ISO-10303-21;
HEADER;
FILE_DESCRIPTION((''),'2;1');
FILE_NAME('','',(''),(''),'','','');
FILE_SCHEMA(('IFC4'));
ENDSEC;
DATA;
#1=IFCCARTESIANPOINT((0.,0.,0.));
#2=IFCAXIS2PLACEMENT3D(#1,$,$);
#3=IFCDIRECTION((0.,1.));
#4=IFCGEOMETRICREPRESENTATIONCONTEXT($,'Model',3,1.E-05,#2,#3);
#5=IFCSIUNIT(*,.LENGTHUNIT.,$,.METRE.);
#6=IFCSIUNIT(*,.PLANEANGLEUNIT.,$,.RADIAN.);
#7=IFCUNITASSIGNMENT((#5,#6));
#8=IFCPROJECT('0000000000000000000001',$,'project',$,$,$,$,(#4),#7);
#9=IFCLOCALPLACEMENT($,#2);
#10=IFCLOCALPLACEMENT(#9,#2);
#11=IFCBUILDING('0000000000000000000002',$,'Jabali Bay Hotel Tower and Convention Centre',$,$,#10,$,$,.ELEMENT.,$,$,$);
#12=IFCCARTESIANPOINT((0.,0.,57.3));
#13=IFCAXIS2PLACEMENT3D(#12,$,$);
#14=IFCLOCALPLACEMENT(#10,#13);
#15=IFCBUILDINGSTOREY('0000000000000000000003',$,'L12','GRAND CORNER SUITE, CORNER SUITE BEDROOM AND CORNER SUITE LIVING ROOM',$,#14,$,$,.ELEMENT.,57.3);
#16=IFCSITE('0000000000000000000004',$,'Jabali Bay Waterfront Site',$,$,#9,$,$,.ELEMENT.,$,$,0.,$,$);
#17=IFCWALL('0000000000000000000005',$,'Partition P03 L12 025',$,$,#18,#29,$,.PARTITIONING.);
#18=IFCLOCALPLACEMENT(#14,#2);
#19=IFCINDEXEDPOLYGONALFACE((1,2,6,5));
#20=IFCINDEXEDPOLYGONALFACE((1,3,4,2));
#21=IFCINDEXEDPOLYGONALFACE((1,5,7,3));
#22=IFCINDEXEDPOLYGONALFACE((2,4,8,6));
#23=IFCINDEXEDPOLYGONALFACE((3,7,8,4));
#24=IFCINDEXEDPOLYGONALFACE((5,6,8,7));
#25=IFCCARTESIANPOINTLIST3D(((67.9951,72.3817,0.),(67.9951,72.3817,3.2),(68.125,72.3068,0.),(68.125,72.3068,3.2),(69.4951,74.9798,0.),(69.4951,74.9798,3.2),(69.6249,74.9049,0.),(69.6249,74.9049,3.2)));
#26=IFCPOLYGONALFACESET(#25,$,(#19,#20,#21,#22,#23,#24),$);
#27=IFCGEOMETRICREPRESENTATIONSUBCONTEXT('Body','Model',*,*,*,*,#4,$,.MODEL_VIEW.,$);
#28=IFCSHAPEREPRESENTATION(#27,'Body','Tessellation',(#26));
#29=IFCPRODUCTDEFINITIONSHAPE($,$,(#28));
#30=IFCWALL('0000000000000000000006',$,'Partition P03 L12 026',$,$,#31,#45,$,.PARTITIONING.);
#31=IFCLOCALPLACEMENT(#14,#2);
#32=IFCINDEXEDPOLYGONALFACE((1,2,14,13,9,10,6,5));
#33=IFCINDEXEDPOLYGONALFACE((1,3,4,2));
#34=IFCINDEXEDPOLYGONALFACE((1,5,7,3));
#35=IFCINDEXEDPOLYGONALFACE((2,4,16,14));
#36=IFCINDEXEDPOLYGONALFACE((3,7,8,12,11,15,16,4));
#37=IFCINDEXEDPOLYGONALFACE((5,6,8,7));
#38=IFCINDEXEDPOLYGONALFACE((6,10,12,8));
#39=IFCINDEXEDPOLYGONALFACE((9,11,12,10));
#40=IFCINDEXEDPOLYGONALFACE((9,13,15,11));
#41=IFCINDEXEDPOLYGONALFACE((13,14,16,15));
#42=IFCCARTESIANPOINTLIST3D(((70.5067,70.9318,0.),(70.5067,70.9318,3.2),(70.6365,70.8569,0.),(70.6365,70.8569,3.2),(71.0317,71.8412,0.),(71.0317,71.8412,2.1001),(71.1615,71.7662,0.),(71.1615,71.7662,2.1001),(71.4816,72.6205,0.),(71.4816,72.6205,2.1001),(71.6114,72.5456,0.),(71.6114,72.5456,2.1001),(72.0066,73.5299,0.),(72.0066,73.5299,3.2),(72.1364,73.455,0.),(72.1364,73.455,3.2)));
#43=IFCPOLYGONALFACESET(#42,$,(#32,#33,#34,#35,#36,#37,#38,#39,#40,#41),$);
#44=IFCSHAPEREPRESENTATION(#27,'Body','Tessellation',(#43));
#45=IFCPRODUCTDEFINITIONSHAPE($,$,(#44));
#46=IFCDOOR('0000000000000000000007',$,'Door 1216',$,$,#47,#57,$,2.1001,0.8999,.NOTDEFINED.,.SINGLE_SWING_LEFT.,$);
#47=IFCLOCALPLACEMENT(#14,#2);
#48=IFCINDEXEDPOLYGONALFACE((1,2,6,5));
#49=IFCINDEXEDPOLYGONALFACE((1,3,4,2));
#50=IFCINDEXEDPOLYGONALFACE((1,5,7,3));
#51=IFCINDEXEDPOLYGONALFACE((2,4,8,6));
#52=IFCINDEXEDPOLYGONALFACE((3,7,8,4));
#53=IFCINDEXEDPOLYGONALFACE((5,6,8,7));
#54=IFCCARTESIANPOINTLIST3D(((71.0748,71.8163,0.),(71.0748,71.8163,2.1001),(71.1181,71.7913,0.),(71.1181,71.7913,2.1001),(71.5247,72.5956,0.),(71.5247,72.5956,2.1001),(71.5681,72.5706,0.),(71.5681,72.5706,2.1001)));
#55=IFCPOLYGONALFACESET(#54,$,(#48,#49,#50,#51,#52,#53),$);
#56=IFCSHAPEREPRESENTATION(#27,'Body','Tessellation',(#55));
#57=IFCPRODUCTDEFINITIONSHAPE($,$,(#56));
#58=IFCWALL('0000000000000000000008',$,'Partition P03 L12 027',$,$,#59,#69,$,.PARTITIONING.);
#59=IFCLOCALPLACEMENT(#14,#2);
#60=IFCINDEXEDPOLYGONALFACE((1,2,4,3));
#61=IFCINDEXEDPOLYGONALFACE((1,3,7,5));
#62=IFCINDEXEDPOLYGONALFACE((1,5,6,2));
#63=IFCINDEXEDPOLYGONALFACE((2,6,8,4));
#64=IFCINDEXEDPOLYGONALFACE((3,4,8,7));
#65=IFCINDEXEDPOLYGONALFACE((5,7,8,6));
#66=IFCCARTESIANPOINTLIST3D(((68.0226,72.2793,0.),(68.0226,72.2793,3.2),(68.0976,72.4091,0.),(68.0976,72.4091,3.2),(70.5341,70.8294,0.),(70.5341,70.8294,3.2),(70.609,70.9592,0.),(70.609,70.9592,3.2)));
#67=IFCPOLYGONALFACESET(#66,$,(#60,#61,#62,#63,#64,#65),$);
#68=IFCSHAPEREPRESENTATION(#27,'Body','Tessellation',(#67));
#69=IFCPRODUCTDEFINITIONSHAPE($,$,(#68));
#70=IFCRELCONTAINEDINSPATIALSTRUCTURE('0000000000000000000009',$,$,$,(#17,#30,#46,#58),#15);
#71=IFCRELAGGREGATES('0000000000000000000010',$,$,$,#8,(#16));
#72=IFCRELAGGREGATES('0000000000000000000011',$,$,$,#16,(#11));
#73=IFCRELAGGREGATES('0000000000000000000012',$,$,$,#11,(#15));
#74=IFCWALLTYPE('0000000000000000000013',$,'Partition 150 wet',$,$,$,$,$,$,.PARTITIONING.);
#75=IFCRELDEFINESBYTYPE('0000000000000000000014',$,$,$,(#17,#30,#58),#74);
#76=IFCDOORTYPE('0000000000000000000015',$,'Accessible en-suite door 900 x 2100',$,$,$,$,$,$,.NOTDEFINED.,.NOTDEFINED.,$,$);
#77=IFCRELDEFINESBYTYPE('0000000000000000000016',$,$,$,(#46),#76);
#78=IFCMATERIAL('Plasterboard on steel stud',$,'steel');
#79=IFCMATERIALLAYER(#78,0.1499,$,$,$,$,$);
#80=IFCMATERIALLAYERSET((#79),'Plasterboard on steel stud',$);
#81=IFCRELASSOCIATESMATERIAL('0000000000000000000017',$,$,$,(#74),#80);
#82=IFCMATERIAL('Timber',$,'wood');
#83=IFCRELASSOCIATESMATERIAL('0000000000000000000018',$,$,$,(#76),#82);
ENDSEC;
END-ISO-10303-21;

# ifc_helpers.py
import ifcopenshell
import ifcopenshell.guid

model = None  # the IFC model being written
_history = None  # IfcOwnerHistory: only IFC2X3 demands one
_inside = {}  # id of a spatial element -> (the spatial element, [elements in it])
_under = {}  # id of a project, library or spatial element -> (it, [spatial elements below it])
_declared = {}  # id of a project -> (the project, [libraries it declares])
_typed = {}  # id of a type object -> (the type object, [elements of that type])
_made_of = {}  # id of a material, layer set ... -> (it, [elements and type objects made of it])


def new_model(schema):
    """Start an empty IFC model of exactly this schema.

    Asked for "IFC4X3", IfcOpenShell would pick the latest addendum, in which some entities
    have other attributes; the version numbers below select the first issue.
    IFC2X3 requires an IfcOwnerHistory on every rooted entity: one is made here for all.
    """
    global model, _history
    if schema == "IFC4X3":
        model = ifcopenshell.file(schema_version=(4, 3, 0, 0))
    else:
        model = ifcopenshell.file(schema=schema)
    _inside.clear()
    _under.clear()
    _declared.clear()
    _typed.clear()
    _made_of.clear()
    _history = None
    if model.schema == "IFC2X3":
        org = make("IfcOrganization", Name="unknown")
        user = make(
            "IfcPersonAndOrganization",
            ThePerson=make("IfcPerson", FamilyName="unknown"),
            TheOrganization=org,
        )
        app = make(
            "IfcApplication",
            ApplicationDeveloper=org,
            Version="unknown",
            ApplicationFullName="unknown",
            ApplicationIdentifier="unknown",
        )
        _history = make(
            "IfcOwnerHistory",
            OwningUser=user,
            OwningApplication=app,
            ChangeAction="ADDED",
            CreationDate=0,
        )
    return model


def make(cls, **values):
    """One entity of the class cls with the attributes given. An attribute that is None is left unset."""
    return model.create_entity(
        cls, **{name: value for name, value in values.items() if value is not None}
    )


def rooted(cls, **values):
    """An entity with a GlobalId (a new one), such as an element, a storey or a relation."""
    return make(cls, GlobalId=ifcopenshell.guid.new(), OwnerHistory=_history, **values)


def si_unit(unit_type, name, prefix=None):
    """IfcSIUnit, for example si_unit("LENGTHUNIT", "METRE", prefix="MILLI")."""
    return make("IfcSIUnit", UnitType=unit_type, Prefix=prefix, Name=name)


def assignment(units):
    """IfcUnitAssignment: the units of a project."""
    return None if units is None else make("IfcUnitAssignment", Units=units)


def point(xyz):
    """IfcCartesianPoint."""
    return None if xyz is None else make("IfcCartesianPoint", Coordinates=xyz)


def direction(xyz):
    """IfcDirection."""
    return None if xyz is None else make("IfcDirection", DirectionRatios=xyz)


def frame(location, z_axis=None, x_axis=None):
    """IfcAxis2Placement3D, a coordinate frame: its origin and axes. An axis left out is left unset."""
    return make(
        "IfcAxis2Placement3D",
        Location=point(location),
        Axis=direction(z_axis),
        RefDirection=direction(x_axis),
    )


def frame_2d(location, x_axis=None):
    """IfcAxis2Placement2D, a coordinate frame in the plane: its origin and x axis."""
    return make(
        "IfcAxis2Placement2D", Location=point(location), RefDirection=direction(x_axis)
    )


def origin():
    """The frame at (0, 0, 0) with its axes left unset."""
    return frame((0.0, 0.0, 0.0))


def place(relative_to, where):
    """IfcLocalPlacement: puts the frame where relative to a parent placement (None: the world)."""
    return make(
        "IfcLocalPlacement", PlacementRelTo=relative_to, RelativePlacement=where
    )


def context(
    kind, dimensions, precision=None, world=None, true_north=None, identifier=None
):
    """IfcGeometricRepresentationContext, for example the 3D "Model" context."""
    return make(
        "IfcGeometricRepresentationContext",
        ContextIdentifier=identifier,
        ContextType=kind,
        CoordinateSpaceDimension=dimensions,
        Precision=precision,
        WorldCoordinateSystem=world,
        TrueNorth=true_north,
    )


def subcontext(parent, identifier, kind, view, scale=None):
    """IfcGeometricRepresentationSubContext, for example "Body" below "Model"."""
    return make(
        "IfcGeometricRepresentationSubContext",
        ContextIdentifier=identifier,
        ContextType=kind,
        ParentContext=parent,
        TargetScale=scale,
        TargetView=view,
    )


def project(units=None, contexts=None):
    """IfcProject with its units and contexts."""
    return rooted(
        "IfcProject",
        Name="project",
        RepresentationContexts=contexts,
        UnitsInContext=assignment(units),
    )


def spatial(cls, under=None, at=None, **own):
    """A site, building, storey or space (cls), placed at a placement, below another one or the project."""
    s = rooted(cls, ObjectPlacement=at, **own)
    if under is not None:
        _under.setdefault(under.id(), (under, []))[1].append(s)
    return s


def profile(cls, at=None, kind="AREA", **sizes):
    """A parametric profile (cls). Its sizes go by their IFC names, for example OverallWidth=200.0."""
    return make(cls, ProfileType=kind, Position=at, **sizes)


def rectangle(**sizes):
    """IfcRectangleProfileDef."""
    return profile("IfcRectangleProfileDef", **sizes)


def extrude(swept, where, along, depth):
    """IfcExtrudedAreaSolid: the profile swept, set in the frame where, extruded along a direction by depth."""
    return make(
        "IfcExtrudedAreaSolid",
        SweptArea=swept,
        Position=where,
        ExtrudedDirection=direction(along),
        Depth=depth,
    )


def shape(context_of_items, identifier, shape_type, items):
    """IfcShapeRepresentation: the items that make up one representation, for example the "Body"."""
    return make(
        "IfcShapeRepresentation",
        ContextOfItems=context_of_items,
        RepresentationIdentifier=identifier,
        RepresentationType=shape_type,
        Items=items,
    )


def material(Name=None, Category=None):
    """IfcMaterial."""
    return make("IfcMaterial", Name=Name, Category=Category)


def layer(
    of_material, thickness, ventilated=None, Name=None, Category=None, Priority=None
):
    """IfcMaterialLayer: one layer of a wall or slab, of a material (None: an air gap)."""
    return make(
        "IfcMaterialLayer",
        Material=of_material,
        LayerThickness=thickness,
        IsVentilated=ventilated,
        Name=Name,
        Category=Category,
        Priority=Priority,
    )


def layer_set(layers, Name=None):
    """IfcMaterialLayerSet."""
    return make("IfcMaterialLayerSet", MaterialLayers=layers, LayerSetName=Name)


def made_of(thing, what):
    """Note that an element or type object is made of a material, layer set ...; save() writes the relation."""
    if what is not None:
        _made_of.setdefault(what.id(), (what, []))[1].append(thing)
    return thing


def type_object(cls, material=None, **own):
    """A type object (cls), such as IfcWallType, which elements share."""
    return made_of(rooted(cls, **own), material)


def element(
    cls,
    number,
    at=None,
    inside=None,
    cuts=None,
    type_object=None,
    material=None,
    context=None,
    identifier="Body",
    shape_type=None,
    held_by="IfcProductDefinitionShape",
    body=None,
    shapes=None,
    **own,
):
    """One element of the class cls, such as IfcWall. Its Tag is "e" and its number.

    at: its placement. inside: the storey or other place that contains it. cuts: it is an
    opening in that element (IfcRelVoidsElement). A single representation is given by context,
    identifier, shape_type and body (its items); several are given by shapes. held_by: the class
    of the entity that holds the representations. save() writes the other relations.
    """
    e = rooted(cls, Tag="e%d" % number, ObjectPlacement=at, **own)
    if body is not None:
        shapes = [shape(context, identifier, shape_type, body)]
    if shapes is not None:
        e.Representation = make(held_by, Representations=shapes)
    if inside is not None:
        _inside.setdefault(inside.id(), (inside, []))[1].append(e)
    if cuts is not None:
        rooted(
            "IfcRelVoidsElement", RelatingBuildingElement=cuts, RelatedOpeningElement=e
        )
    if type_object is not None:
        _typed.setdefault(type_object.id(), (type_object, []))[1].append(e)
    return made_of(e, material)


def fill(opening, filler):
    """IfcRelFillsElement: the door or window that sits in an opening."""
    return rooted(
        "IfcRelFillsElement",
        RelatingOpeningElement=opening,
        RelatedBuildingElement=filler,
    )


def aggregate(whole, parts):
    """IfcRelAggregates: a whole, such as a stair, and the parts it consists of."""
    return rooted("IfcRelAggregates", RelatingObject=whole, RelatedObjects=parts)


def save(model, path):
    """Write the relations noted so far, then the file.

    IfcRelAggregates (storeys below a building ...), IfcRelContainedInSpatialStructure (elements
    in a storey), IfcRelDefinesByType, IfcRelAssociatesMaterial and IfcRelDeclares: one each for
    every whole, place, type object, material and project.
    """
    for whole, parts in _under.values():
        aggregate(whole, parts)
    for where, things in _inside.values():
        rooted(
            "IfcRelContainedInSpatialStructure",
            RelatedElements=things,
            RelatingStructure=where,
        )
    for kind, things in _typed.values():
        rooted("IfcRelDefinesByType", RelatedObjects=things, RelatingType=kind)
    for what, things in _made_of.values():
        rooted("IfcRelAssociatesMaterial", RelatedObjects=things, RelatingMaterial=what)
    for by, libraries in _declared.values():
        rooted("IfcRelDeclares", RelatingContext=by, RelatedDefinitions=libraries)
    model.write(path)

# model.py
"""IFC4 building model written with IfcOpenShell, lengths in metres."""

from ifc_helpers import new_model, si_unit, direction, frame, frame_2d, origin, place, context, subcontext, project, spatial, rectangle, extrude, material, layer, layer_set, type_object, element, fill, save


model = new_model("IFC4")

# Units and contexts
model_context = context("Model", 3, precision=1e-05, world=origin(), true_north=direction((0.0, 1.0)))
body_context = subcontext(model_context, "Body", "Model", "MODEL_VIEW")
ifc_project = project(units=[si_unit("LENGTHUNIT", "METRE"), si_unit("PLANEANGLEUNIT", "RADIAN")], contexts=[model_context])

# Site, building, storey
site_placement = place(None, origin())
site = spatial("IfcSite", under=ifc_project, at=site_placement, Name="Jabali Bay Waterfront Site", CompositionType="ELEMENT", RefElevation=0.0)
building_placement = place(site_placement, origin())
building = spatial("IfcBuilding", under=site, at=building_placement, Name="Jabali Bay Hotel Tower and Convention Centre", CompositionType="ELEMENT")
storey_placement = place(building_placement, frame((0.0, 0.0, 57.3)))
storey = spatial("IfcBuildingStorey", under=building, at=storey_placement, Name="L12", Description="GRAND CORNER SUITE, CORNER SUITE BEDROOM AND CORNER SUITE LIVING ROOM", CompositionType="ELEMENT", Elevation=57.3)

# Shared definitions
ifc_material_1 = material(Name="Timber", Category="wood")

# Shared definitions
ifc_material_2 = material(Name="Plasterboard on steel stud", Category="steel")
ifc_layer_1 = layer(ifc_material_2, 0.1499)
ifc_layer_set_1 = layer_set([ifc_layer_1], Name="Plasterboard on steel stud")
wall_type_1 = type_object("IfcWallType", Name="Partition 150 wet", PredefinedType="PARTITIONING", material=ifc_layer_set_1)

# Wall
wall_1_placement = place(storey_placement, frame((68.0601, 72.3442, 0.0), z_axis=(0.0, 0.0, 1.0), x_axis=(0.49999, 0.866031, 0.0)))
element("IfcWall", 1, at=wall_1_placement, inside=storey, type_object=wall_type_1, Name="Partition P03 L12 025", PredefinedType="PARTITIONING", context=body_context, shape_type="SweptSolid", body=[
    extrude(rectangle(XDim=3.0, YDim=0.1499, at=frame_2d((1.5, 0.0))), origin(), (0.0, 0.0, 1.0), 3.2),
])

# Wall, opening, door
wall_2_placement = place(storey_placement, frame((72.0715, 73.4924, 0.0), z_axis=(0.0, 0.0, 1.0), x_axis=(-0.49999, -0.866031, 0.0)))
wall_2 = element("IfcWall", 2, at=wall_2_placement, inside=storey, type_object=wall_type_1, Name="Partition P03 L12 026", PredefinedType="PARTITIONING", context=body_context, shape_type="SweptSolid", body=[
    extrude(rectangle(XDim=3.0, YDim=0.1499, at=frame_2d((1.5, 0.0))), origin(), (0.0, 0.0, 1.0), 3.2),
])
opening_1_placement = place(wall_2_placement, frame((1.05, 0.0, 0.0)))
opening_1 = element("IfcOpeningElement", 3, at=opening_1_placement, cuts=wall_2, PredefinedType="OPENING", context=body_context, shape_type="SweptSolid", body=[
    extrude(rectangle(XDim=0.8999, YDim=2.1001, at=frame_2d((0.45, 1.05))), frame((0.0, 0.0854, 0.0), z_axis=(0.0, -1.0, 0.0), x_axis=(1.0, 0.0, 0.0)), (0.0, 0.0, 1.0), 0.1709),
])
door_type_1 = type_object("IfcDoorType", Name="Accessible en-suite door 900 x 2100", OperationType="NOTDEFINED", PredefinedType="NOTDEFINED", material=ifc_material_1)
door_1_placement = place(opening_1_placement, origin())
door_1 = element("IfcDoor", 4, at=door_1_placement, inside=storey, type_object=door_type_1, Name="Door 1216", OperationType="SINGLE_SWING_LEFT", OverallHeight=2.1001, OverallWidth=0.8999, PredefinedType="NOTDEFINED", context=body_context, shape_type="SweptSolid", body=[
    extrude(rectangle(XDim=0.8999, YDim=2.1001, at=frame_2d((0.45, 1.05))), frame((0.0, 0.0249, 0.0), z_axis=(0.0, -1.0, 0.0), x_axis=(1.0, 0.0, 0.0)), (0.0, 0.0, 1.0), 0.05),
])
fill(opening_1, door_1)

# Wall
wall_3_placement = place(storey_placement, frame((70.5715, 70.8943, 0.0), z_axis=(0.0, 0.0, 1.0), x_axis=(-0.866033, 0.499987, 0.0)))
element("IfcWall", 5, at=wall_3_placement, inside=storey, type_object=wall_type_1, Name="Partition P03 L12 027", PredefinedType="PARTITIONING", context=body_context, shape_type="SweptSolid", body=[
    extrude(rectangle(XDim=2.8999, YDim=0.1499, at=frame_2d((1.45, 0.0))), origin(), (0.0, 0.0, 1.0), 3.2),
])

save(model, "model.ifc")
